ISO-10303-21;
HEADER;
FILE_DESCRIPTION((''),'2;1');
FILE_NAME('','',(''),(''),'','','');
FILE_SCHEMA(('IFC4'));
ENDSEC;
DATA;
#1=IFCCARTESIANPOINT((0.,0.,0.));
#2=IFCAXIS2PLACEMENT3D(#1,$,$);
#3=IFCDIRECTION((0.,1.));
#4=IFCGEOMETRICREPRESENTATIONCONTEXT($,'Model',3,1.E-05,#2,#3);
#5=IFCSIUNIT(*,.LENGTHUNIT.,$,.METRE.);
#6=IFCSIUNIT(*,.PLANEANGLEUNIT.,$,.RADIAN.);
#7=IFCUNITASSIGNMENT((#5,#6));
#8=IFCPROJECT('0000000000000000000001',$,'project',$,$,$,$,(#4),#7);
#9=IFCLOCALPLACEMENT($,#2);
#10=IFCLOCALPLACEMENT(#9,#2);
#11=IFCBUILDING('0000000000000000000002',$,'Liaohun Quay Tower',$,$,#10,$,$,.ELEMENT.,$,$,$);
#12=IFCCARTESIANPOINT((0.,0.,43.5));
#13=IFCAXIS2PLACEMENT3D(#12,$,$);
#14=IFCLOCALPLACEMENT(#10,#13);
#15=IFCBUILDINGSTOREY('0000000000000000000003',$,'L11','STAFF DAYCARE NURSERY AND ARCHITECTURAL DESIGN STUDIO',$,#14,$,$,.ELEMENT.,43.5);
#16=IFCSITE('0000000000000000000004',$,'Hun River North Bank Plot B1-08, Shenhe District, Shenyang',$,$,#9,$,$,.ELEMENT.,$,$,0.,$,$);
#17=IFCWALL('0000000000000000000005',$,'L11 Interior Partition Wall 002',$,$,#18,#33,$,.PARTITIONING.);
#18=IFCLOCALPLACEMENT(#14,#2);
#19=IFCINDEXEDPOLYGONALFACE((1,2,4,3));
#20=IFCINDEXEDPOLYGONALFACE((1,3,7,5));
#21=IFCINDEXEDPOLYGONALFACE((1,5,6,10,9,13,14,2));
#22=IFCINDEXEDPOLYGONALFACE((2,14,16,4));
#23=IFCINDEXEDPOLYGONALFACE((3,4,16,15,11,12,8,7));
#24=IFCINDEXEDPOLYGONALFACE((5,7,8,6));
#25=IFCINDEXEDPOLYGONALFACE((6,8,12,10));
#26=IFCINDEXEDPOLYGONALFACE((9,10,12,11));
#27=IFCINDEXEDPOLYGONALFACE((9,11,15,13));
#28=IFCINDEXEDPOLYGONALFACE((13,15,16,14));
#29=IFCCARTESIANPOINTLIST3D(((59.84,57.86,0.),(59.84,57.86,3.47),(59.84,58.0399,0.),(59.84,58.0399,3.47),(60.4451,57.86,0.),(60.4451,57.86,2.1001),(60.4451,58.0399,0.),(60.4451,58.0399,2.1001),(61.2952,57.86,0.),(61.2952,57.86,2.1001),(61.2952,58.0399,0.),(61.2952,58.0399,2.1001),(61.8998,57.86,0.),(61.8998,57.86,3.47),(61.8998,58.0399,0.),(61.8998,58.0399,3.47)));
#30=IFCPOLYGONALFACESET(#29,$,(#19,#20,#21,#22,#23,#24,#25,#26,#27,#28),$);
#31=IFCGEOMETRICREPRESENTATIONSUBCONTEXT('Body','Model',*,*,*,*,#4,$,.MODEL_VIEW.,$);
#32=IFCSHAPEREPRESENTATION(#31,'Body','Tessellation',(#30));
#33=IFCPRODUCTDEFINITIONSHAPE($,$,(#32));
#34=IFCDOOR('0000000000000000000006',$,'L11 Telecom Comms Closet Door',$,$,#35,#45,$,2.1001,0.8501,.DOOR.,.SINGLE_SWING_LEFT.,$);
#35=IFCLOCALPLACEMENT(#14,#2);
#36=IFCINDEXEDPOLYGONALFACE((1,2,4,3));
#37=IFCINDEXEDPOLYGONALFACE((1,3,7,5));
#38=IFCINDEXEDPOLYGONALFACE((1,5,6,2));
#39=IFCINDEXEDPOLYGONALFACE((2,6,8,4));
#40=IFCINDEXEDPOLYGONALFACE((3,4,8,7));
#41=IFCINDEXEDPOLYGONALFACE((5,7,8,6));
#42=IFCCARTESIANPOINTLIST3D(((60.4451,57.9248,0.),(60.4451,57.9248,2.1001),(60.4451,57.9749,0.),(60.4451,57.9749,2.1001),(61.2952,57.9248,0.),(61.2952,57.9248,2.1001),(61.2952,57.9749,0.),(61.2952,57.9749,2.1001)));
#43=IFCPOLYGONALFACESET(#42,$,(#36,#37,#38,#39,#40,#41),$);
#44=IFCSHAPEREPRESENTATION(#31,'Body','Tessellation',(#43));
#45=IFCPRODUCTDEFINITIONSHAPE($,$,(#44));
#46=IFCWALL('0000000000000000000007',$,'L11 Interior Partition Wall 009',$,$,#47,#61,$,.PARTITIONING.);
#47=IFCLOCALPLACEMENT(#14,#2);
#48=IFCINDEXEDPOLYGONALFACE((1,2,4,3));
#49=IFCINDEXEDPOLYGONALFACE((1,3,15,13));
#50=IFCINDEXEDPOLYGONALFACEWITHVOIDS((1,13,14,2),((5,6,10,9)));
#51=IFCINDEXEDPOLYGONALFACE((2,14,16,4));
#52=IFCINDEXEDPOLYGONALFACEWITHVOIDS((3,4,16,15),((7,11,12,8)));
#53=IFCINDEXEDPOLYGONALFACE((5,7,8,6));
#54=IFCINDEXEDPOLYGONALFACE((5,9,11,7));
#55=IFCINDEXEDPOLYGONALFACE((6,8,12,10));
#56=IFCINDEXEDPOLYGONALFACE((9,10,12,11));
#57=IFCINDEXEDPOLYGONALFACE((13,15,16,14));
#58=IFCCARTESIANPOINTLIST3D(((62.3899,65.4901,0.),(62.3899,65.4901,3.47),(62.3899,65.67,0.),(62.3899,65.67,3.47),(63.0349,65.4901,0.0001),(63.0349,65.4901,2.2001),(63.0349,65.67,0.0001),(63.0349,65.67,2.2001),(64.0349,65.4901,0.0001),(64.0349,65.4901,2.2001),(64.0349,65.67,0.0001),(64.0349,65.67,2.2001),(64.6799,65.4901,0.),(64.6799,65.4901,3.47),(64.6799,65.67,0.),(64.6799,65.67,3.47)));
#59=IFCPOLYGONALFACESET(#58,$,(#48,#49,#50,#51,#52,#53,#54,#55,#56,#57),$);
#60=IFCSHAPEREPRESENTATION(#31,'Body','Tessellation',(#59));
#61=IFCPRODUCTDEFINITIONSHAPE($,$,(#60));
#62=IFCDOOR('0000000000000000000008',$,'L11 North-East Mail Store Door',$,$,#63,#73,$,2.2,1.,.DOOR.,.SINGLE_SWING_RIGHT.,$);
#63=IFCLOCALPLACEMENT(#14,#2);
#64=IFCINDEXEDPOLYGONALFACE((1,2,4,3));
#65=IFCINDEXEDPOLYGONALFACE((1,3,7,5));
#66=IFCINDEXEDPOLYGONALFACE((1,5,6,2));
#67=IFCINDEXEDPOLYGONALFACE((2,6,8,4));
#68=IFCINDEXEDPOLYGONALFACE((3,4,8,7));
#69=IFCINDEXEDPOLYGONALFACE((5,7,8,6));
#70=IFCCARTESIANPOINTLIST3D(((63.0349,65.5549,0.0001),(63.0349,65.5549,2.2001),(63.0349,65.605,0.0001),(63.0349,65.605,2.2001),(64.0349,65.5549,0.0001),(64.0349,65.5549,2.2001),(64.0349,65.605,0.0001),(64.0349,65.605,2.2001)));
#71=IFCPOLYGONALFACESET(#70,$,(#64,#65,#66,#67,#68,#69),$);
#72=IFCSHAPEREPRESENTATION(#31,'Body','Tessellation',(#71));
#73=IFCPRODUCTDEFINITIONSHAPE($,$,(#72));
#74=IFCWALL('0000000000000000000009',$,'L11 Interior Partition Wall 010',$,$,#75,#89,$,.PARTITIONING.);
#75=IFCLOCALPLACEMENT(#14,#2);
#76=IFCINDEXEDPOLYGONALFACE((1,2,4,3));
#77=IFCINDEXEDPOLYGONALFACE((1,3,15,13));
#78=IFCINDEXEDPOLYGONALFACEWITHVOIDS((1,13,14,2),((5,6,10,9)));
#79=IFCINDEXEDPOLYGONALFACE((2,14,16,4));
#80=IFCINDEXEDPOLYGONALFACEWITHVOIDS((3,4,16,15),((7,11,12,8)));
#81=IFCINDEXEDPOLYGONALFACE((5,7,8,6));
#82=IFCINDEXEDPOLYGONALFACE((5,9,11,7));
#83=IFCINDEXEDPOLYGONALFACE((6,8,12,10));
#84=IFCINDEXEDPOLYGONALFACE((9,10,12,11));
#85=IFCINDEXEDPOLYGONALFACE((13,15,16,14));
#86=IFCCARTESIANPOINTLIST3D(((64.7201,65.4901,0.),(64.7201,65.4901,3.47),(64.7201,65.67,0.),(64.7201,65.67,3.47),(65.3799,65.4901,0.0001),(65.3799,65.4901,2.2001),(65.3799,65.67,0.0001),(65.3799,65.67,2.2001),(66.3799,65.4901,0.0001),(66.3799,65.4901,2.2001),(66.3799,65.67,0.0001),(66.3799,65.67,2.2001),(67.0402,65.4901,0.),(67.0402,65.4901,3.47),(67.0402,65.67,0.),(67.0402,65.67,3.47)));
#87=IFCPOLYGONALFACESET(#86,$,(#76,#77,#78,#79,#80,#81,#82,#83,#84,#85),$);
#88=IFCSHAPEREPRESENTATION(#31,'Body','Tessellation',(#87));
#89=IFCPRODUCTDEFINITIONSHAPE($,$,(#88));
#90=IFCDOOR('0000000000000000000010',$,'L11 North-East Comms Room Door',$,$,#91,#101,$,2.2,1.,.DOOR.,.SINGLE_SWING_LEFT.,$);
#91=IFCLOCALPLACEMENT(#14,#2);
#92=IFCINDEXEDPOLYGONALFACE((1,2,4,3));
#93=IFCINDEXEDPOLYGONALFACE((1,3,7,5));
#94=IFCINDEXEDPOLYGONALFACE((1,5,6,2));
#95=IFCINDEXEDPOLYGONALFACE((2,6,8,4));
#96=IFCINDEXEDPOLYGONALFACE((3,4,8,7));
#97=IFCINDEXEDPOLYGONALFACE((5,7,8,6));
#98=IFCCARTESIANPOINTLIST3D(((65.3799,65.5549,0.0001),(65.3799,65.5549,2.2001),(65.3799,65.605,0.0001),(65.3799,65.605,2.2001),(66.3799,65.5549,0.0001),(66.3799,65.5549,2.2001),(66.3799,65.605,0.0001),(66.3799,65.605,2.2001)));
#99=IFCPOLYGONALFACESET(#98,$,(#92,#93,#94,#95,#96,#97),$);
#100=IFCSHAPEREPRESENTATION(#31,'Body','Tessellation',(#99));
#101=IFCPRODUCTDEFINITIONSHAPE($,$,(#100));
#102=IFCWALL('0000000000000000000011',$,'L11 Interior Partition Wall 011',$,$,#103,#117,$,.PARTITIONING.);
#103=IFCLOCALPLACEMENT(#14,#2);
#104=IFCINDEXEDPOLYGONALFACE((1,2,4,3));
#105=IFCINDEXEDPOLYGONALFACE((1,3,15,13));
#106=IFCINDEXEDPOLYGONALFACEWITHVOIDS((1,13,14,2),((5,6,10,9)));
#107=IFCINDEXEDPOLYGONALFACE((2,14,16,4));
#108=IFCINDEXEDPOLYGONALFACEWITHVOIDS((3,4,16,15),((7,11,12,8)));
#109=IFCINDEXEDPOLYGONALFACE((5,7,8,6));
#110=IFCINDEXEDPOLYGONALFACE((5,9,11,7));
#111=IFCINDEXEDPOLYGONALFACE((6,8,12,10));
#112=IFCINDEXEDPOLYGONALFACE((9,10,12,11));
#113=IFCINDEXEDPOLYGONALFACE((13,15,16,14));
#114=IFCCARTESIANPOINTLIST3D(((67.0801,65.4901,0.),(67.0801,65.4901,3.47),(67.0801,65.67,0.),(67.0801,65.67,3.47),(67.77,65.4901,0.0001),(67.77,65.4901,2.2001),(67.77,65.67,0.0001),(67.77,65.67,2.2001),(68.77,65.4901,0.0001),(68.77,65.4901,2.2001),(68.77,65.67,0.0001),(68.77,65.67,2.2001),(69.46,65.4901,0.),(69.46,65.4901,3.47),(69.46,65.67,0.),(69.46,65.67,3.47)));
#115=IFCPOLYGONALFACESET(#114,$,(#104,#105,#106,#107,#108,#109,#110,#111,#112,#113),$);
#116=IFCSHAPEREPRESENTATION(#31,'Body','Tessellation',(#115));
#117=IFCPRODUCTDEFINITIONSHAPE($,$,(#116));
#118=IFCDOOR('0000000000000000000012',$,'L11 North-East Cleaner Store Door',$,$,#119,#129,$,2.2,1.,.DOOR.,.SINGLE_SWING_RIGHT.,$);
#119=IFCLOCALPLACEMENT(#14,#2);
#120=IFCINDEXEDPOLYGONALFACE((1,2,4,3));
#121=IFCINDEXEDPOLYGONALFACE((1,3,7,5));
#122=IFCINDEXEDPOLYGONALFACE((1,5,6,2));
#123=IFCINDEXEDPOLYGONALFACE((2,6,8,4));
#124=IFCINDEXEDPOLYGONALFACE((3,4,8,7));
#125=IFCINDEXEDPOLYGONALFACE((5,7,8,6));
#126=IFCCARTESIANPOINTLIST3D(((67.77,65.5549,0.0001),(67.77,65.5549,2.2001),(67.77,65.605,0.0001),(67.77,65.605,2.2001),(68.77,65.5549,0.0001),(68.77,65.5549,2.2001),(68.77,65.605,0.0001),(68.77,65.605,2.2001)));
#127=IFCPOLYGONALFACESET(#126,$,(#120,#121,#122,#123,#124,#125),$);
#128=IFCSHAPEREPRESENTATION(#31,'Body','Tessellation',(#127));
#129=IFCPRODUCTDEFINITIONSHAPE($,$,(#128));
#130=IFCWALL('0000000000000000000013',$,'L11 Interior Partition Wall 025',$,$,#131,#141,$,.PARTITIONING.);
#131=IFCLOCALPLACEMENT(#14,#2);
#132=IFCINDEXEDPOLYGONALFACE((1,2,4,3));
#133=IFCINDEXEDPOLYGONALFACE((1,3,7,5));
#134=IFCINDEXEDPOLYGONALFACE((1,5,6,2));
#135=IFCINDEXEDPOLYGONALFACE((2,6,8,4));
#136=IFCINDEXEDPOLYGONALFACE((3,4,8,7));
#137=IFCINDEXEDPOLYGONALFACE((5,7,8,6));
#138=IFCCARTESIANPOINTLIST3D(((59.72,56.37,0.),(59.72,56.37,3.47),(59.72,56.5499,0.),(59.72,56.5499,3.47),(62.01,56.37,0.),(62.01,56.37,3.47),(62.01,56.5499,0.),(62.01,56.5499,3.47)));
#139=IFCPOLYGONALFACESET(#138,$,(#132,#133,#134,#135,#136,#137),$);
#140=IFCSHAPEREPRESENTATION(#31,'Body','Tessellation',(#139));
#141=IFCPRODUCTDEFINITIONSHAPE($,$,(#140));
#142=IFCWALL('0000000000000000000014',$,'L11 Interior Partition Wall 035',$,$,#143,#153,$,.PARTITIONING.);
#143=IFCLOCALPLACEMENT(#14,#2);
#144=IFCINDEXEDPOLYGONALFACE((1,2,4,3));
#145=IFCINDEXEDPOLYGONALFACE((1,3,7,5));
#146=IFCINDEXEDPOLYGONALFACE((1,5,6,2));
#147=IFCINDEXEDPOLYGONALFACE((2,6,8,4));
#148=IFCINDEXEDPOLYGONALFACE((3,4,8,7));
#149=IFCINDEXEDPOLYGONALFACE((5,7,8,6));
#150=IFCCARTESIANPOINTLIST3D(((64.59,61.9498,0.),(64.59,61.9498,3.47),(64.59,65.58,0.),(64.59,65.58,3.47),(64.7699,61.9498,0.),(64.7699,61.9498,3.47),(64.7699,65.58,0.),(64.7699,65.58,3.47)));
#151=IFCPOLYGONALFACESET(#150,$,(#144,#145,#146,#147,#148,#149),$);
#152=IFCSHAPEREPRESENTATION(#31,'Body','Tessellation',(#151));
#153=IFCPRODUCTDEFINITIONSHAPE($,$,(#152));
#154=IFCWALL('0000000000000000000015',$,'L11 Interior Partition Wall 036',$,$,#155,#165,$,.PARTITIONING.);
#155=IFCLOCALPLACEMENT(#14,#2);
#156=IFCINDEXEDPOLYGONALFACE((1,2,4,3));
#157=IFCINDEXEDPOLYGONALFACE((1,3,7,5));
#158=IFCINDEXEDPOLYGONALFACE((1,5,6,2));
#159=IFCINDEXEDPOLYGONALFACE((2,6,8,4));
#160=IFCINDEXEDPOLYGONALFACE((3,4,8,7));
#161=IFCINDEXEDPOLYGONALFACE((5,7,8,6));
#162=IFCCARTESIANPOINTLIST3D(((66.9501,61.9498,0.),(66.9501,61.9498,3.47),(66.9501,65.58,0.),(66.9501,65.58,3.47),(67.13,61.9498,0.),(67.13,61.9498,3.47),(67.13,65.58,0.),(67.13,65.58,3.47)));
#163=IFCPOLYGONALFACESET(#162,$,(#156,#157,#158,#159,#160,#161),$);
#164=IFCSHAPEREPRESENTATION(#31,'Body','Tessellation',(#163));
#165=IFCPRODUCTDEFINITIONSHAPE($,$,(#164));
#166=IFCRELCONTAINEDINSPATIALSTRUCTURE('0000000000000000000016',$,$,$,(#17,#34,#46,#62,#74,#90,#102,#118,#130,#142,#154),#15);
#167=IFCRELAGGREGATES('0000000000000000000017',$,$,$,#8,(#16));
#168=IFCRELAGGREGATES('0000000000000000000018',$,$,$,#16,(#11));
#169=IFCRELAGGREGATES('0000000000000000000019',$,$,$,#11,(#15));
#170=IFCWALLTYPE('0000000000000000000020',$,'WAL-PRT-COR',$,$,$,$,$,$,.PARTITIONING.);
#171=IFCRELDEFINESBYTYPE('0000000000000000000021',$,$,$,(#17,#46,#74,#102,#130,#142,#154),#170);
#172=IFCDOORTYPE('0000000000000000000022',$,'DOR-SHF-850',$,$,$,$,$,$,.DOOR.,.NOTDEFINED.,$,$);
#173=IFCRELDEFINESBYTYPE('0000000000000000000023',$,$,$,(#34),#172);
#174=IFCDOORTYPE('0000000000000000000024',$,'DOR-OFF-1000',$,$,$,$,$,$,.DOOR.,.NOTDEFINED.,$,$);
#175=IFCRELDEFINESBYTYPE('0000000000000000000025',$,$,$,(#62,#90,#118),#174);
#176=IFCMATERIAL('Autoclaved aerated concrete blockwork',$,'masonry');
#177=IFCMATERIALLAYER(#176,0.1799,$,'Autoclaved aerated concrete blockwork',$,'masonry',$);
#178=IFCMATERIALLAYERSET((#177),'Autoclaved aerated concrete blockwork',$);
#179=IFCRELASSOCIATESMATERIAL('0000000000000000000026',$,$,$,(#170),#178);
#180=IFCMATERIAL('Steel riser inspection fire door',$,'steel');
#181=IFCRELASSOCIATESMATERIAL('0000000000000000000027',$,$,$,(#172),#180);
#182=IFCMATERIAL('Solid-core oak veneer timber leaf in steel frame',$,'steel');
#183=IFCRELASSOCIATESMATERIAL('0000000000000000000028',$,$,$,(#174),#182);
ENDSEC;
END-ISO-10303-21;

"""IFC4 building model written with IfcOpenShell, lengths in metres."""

from ifc_helpers import new_model, si_unit, direction, frame, frame_2d, origin, place, context, subcontext, project, spatial, rectangle, extrude, source, transform, mapped, material, layer, layer_set, type_object, element, fill, save


model = new_model("IFC4")

# Units and contexts
model_context = context("Model", 3, precision=1e-05, world=origin(), true_north=direction((0.0, 1.0)))
body_context = subcontext(model_context, "Body", "Model", "MODEL_VIEW")
ifc_project = project(units=[si_unit("LENGTHUNIT", "METRE"), si_unit("PLANEANGLEUNIT", "RADIAN")], contexts=[model_context])

# Site, building, storey
site_placement = place(None, origin())
site = spatial("IfcSite", under=ifc_project, at=site_placement, Name="Hun River North Bank Plot B1-08, Shenhe District, Shenyang", CompositionType="ELEMENT", RefElevation=0.0)
building_placement = place(site_placement, origin())
building = spatial("IfcBuilding", under=site, at=building_placement, Name="Liaohun Quay Tower", CompositionType="ELEMENT")
storey_placement = place(building_placement, frame((0.0, 0.0, 43.5)))
storey = spatial("IfcBuildingStorey", under=building, at=storey_placement, Name="L11", Description="STAFF DAYCARE NURSERY AND ARCHITECTURAL DESIGN STUDIO", CompositionType="ELEMENT", Elevation=43.5)

# Walls, openings, doors
ifc_material_1 = material(Name="Autoclaved aerated concrete blockwork", Category="masonry")
ifc_layer_1 = layer(ifc_material_1, 0.1799, Name="Autoclaved aerated concrete blockwork", Category="masonry")
ifc_layer_set_1 = layer_set([ifc_layer_1], Name="Autoclaved aerated concrete blockwork")
wall_type_1 = type_object("IfcWallType", Name="WAL-PRT-COR", PredefinedType="PARTITIONING", material=ifc_layer_set_1)
wall_1_placement = place(storey_placement, frame((59.8401, 57.95, 0.0), z_axis=(0.0, 0.0, 1.0), x_axis=(1.0, 0.0, 0.0)))
wall_1 = element("IfcWall", 1, at=wall_1_placement, inside=storey, type_object=wall_type_1, Name="L11 Interior Partition Wall 002", PredefinedType="PARTITIONING", context=body_context, shape_type="SweptSolid", body=[
    extrude(rectangle(XDim=2.0598, YDim=0.1799, at=frame_2d((1.0298, 0.0))), origin(), (0.0, 0.0, 1.0), 3.47),
])
shared_shape_1 = source(origin(), body_context, "Body", "SweptSolid", [
    extrude(rectangle(XDim=0.8501, YDim=2.1001, at=frame_2d((0.425, 1.05))), frame((0.0, 0.0999, 0.0), z_axis=(0.0, -1.0, 0.0), x_axis=(1.0, 0.0, 0.0)), (0.0, 0.0, 1.0), 0.2),
])
opening_1_placement = place(wall_1_placement, frame((0.605, 0.0, 0.0)))
opening_1 = element("IfcOpeningElement", 2, at=opening_1_placement, cuts=wall_1, PredefinedType="OPENING", context=body_context, shape_type="MappedRepresentation", body=[
    mapped(shared_shape_1, transform((0.0, 0.0, 0.0), x_axis=(1.0, 0.0, 0.0), y_axis=(0.0, 1.0, 0.0), z_axis=(0.0, 0.0, 1.0), scale=1.0)),
])
ifc_material_2 = material(Name="Steel riser inspection fire door", Category="steel")
door_type_1 = type_object("IfcDoorType", Name="DOR-SHF-850", OperationType="NOTDEFINED", PredefinedType="DOOR", material=ifc_material_2)
shared_shape_2 = source(origin(), body_context, "Body", "SweptSolid", [
    extrude(rectangle(XDim=0.8501, YDim=2.1001, at=frame_2d((0.425, 1.05))), frame((0.0, 0.0249, 0.0), z_axis=(0.0, -1.0, 0.0), x_axis=(1.0, 0.0, 0.0)), (0.0, 0.0, 1.0), 0.05),
])
door_1_placement = place(opening_1_placement, origin())
door_1 = element("IfcDoor", 3, at=door_1_placement, inside=storey, type_object=door_type_1, Name="L11 Telecom Comms Closet Door", OperationType="SINGLE_SWING_LEFT", OverallHeight=2.1001, OverallWidth=0.8501, PredefinedType="DOOR", context=body_context, shape_type="MappedRepresentation", body=[
    mapped(shared_shape_2, transform((0.0, 0.0, 0.0), x_axis=(1.0, 0.0, 0.0), y_axis=(0.0, 1.0, 0.0), z_axis=(0.0, 0.0, 1.0), scale=1.0)),
])
fill(opening_1, door_1)
wall_2_placement = place(storey_placement, frame((62.3899, 65.5801, 0.0), z_axis=(0.0, 0.0, 1.0), x_axis=(1.0, 0.0, 0.0)))
wall_2 = element("IfcWall", 4, at=wall_2_placement, inside=storey, type_object=wall_type_1, Name="L11 Interior Partition Wall 009", PredefinedType="PARTITIONING", context=body_context, shape_type="SweptSolid", body=[
    extrude(rectangle(XDim=2.29, YDim=0.1799, at=frame_2d((1.145, 0.0))), origin(), (0.0, 0.0, 1.0), 3.47),
])
shared_shape_3 = source(origin(), body_context, "Body", "SweptSolid", [
    extrude(rectangle(XDim=1.0, YDim=2.2, at=frame_2d((0.5, 1.1001))), frame((0.0, 0.0999, 0.0), z_axis=(0.0, -1.0, 0.0), x_axis=(1.0, 0.0, 0.0)), (0.0, 0.0, 1.0), 0.2),
])
opening_2_placement = place(wall_2_placement, frame((0.645, 0.0, 0.0)))
opening_2 = element("IfcOpeningElement", 5, at=opening_2_placement, cuts=wall_2, PredefinedType="OPENING", context=body_context, shape_type="MappedRepresentation", body=[
    mapped(shared_shape_3, transform((0.0, 0.0, 0.0), x_axis=(1.0, 0.0, 0.0), y_axis=(0.0, 1.0, 0.0), z_axis=(0.0, 0.0, 1.0), scale=1.0)),
])
ifc_material_3 = material(Name="Solid-core oak veneer timber leaf in steel frame", Category="steel")
door_type_2 = type_object("IfcDoorType", Name="DOR-OFF-1000", OperationType="NOTDEFINED", PredefinedType="DOOR", material=ifc_material_3)
shared_shape_4 = source(origin(), body_context, "Body", "SweptSolid", [
    extrude(rectangle(XDim=1.0, YDim=2.2, at=frame_2d((0.5, 1.1001))), frame((0.0, 0.0249, 0.0), z_axis=(0.0, -1.0, 0.0), x_axis=(1.0, 0.0, 0.0)), (0.0, 0.0, 1.0), 0.05),
])
door_2_placement = place(opening_2_placement, origin())
door_2 = element("IfcDoor", 6, at=door_2_placement, inside=storey, type_object=door_type_2, Name="L11 North-East Mail Store Door", OperationType="SINGLE_SWING_RIGHT", OverallHeight=2.2, OverallWidth=1.0, PredefinedType="DOOR", context=body_context, shape_type="MappedRepresentation", body=[
    mapped(shared_shape_4, transform((0.0, 0.0, 0.0), x_axis=(1.0, 0.0, 0.0), y_axis=(0.0, 1.0, 0.0), z_axis=(0.0, 0.0, 1.0), scale=1.0)),
])
fill(opening_2, door_2)
wall_3_placement = place(storey_placement, frame((64.72, 65.5801, 0.0), z_axis=(0.0, 0.0, 1.0), x_axis=(1.0, 0.0, 0.0)))
wall_3 = element("IfcWall", 7, at=wall_3_placement, inside=storey, type_object=wall_type_1, Name="L11 Interior Partition Wall 010", PredefinedType="PARTITIONING", context=body_context, shape_type="SweptSolid", body=[
    extrude(rectangle(XDim=2.3201, YDim=0.1799, at=frame_2d((1.1602, 0.0))), origin(), (0.0, 0.0, 1.0), 3.47),
])
opening_3_placement = place(wall_3_placement, frame((0.6599, 0.0, 0.0)))
opening_3 = element("IfcOpeningElement", 8, at=opening_3_placement, cuts=wall_3, PredefinedType="OPENING", context=body_context, shape_type="MappedRepresentation", body=[
    mapped(shared_shape_3, transform((0.0, 0.0, 0.0), x_axis=(1.0, 0.0, 0.0), y_axis=(0.0, 1.0, 0.0), z_axis=(0.0, 0.0, 1.0), scale=1.0)),
])
door_3_placement = place(opening_3_placement, origin())
door_3 = element("IfcDoor", 9, at=door_3_placement, inside=storey, type_object=door_type_2, Name="L11 North-East Comms Room Door", OperationType="SINGLE_SWING_LEFT", OverallHeight=2.2, OverallWidth=1.0, PredefinedType="DOOR", context=body_context, shape_type="MappedRepresentation", body=[
    mapped(shared_shape_4, transform((0.0, 0.0, 0.0), x_axis=(1.0, 0.0, 0.0), y_axis=(0.0, 1.0, 0.0), z_axis=(0.0, 0.0, 1.0), scale=1.0)),
])
fill(opening_3, door_3)
wall_4_placement = place(storey_placement, frame((67.0801, 65.5801, 0.0), z_axis=(0.0, 0.0, 1.0), x_axis=(1.0, 0.0, 0.0)))
wall_4 = element("IfcWall", 10, at=wall_4_placement, inside=storey, type_object=wall_type_1, Name="L11 Interior Partition Wall 011", PredefinedType="PARTITIONING", context=body_context, shape_type="SweptSolid", body=[
    extrude(rectangle(XDim=2.3799, YDim=0.1799, at=frame_2d((1.1899, 0.0))), origin(), (0.0, 0.0, 1.0), 3.47),
])
opening_4_placement = place(wall_4_placement, frame((0.6899, 0.0, 0.0)))
opening_4 = element("IfcOpeningElement", 11, at=opening_4_placement, cuts=wall_4, PredefinedType="OPENING", context=body_context, shape_type="MappedRepresentation", body=[
    mapped(shared_shape_3, transform((0.0, 0.0, 0.0), x_axis=(1.0, 0.0, 0.0), y_axis=(0.0, 1.0, 0.0), z_axis=(0.0, 0.0, 1.0), scale=1.0)),
])
door_4_placement = place(opening_4_placement, origin())
door_4 = element("IfcDoor", 12, at=door_4_placement, inside=storey, type_object=door_type_2, Name="L11 North-East Cleaner Store Door", OperationType="SINGLE_SWING_RIGHT", OverallHeight=2.2, OverallWidth=1.0, PredefinedType="DOOR", context=body_context, shape_type="MappedRepresentation", body=[
    mapped(shared_shape_4, transform((0.0, 0.0, 0.0), x_axis=(1.0, 0.0, 0.0), y_axis=(0.0, 1.0, 0.0), z_axis=(0.0, 0.0, 1.0), scale=1.0)),
])
fill(opening_4, door_4)

# Walls
wall_5_placement = place(storey_placement, frame((59.72, 56.46, 0.0), z_axis=(0.0, 0.0, 1.0), x_axis=(1.0, 0.0, 0.0)))
element("IfcWall", 13, at=wall_5_placement, inside=storey, type_object=wall_type_1, Name="L11 Interior Partition Wall 025", PredefinedType="PARTITIONING", context=body_context, shape_type="SweptSolid", body=[
    extrude(rectangle(XDim=2.29, YDim=0.1799, at=frame_2d((1.145, 0.0))), origin(), (0.0, 0.0, 1.0), 3.47),
])
for number, where, z_axis, x_axis, name in (
    (14, (64.6799, 61.95, 0.0), (0.0, 0.0, 1.0), (0.0, 1.0, 0.0), "L11 Interior Partition Wall 035"),
    (15, (67.04, 61.95, 0.0), (0.0, 0.0, 1.0), (0.0, 1.0, 0.0), "L11 Interior Partition Wall 036"),
):
    element("IfcWall", number, at=place(storey_placement, frame(where, z_axis=z_axis, x_axis=x_axis)), inside=storey, type_object=wall_type_1, Name=name, PredefinedType="PARTITIONING", context=body_context, shape_type="SweptSolid", body=[
        extrude(rectangle(XDim=3.6301, YDim=0.1799, at=frame_2d((1.8149, 0.0))), origin(), (0.0, 0.0, 1.0), 3.47),
    ])

save(model, "model.ifc")
